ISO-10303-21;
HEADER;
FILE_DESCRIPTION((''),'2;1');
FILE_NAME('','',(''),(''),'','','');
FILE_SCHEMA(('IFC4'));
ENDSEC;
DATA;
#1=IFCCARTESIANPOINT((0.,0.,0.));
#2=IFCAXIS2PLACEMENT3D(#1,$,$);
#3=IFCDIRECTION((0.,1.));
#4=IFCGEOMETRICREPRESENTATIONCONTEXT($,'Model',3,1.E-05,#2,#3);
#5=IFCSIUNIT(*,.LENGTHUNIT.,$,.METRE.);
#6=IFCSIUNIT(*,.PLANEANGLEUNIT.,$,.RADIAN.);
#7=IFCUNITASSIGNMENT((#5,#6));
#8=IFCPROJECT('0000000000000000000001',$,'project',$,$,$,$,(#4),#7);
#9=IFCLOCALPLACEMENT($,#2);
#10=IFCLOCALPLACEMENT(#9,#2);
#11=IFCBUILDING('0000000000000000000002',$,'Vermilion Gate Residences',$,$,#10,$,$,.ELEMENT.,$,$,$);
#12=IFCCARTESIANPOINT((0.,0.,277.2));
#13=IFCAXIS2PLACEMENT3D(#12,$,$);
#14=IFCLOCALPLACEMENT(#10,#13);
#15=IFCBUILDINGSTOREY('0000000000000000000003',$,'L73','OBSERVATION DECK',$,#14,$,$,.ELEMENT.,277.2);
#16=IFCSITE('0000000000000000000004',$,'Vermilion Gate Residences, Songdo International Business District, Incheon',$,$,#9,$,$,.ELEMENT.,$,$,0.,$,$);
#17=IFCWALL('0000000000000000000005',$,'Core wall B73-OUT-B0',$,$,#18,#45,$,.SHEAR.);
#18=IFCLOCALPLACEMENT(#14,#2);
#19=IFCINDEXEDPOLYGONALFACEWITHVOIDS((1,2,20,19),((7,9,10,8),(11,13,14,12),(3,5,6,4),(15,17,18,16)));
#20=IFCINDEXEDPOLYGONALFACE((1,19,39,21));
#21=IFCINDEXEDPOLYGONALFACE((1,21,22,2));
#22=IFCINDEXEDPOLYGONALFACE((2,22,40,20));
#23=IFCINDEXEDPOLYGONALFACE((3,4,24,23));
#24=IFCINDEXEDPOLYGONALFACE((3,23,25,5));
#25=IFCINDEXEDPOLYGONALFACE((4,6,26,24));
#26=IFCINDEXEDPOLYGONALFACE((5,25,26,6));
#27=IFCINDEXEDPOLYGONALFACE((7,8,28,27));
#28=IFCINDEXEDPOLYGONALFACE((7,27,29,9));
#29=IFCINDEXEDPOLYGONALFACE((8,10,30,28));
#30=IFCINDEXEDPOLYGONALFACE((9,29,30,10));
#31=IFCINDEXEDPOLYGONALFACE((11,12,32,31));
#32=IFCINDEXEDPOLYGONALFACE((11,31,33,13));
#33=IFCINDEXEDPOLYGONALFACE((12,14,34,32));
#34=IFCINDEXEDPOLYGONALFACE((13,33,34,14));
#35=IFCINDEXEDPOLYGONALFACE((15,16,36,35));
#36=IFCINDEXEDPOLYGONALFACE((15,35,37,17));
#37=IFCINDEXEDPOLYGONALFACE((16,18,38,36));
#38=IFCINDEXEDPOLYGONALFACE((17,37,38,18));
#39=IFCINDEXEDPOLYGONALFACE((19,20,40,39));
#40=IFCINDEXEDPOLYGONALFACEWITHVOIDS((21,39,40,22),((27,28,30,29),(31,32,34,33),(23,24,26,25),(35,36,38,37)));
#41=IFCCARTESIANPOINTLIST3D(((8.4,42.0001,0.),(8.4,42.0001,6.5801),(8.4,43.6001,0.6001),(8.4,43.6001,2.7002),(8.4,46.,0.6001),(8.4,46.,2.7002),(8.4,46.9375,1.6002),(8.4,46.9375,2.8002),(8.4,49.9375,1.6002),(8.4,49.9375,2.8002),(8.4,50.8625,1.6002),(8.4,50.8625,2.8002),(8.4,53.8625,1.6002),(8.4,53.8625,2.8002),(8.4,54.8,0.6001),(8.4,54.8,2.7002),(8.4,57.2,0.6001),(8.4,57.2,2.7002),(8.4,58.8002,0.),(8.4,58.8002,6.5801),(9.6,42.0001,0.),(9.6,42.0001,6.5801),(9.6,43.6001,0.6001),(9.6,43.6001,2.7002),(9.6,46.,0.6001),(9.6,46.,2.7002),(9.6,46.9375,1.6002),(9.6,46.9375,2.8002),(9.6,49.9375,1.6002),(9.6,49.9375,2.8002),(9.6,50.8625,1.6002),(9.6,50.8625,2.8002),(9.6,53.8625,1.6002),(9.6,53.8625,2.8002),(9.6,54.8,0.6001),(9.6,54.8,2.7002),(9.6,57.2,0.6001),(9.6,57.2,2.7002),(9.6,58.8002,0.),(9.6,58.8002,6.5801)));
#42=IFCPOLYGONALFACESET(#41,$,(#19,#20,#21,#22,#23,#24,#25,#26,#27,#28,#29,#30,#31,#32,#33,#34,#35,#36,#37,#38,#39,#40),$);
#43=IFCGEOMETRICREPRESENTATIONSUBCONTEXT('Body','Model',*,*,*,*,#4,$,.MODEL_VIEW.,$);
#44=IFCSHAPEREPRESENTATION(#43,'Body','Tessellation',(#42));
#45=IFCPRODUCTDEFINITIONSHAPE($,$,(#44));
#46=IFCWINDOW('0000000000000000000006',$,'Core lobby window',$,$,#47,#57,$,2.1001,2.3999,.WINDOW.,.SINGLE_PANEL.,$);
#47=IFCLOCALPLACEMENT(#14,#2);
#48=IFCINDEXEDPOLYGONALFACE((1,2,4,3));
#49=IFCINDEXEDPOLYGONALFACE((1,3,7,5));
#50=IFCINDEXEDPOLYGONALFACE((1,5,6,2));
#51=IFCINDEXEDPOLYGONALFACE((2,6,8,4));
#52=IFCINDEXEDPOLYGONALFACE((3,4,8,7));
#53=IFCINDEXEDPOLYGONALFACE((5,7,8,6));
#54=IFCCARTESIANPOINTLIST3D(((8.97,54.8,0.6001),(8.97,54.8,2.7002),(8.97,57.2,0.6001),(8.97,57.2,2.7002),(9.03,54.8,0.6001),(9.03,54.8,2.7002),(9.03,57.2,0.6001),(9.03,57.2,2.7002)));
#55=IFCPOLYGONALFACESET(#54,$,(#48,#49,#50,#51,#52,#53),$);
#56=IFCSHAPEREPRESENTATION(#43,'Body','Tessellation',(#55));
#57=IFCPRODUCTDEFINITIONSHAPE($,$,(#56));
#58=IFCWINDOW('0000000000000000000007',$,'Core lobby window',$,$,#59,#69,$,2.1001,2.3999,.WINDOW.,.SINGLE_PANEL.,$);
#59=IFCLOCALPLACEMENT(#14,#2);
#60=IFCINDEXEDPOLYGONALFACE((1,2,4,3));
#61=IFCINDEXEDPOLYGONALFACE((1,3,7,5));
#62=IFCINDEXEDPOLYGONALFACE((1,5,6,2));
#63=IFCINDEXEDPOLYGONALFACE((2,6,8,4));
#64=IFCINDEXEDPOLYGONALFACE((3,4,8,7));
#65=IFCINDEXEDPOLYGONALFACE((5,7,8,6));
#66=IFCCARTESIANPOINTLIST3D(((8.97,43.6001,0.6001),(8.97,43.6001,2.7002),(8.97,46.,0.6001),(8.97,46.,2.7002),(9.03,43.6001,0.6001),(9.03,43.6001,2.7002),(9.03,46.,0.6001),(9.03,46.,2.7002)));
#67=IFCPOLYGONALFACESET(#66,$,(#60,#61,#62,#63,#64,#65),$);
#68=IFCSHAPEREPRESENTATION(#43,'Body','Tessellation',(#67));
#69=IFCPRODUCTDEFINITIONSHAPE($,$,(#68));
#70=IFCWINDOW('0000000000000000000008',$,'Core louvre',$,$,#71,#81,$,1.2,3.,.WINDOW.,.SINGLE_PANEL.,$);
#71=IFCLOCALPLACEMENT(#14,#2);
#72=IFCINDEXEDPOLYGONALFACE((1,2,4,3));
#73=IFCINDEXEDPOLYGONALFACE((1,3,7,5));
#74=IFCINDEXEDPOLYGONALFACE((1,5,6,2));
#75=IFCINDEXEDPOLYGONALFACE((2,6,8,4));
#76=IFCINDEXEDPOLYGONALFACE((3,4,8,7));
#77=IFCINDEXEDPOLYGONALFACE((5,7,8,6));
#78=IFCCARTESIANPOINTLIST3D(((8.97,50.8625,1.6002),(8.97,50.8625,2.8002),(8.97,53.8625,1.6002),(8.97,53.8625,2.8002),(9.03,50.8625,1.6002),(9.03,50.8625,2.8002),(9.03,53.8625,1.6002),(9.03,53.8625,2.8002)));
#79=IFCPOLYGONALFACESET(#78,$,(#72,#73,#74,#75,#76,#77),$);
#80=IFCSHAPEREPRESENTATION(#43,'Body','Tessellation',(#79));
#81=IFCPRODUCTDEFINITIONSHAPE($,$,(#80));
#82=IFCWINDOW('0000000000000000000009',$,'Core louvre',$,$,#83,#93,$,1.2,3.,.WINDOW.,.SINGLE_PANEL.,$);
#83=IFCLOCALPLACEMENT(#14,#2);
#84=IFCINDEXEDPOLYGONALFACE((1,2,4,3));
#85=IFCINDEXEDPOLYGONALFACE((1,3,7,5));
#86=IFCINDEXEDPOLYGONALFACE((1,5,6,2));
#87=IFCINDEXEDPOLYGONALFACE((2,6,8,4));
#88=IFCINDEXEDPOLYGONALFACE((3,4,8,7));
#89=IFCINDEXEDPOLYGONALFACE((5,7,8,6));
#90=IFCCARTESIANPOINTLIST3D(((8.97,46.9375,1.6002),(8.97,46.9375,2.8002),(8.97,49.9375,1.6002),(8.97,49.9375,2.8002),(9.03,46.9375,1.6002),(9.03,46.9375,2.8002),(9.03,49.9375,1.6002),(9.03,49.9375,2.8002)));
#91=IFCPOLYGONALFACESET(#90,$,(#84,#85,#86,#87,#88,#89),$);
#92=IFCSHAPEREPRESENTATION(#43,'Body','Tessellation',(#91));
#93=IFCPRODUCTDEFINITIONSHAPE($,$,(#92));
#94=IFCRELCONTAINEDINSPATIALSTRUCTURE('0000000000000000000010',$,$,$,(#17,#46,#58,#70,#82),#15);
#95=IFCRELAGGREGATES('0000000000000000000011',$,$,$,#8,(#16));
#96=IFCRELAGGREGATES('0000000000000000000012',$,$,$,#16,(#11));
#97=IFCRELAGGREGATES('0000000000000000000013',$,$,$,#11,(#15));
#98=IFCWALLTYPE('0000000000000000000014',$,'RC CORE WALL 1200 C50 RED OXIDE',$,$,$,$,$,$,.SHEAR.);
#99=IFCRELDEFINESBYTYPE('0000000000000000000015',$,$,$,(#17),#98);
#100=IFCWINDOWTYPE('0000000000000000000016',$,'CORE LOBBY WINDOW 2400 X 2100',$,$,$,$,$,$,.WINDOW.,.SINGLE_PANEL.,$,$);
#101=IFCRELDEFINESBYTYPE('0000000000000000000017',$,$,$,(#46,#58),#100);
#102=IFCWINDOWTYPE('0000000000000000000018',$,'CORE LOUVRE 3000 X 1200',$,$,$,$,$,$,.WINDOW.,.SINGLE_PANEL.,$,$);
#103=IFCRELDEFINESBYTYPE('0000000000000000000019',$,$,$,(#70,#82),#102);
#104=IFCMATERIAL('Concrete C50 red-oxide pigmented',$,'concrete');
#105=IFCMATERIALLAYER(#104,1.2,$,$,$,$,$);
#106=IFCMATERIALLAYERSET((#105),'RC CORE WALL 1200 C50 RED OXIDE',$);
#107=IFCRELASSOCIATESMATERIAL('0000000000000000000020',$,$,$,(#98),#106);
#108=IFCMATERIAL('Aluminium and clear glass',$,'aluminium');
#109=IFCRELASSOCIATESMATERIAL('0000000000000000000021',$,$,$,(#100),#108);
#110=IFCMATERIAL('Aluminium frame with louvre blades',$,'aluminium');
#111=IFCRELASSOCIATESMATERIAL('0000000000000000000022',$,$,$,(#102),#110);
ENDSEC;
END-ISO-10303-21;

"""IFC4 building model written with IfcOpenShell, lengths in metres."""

from ifc_helpers import new_model, si_unit, direction, frame, frame_2d, origin, place, context, subcontext, project, spatial, rectangle, extrude, material, layer, layer_set, type_object, element, fill, save


model = new_model("IFC4")

# Units and contexts
model_context = context("Model", 3, precision=1e-05, world=origin(), true_north=direction((0.0, 1.0)))
body_context = subcontext(model_context, "Body", "Model", "MODEL_VIEW")
ifc_project = project(units=[si_unit("LENGTHUNIT", "METRE"), si_unit("PLANEANGLEUNIT", "RADIAN")], contexts=[model_context])

# Site, building, storey
site_placement = place(None, origin())
site = spatial("IfcSite", under=ifc_project, at=site_placement, Name="Vermilion Gate Residences, Songdo International Business District, Incheon", CompositionType="ELEMENT", RefElevation=0.0)
building_placement = place(site_placement, origin())
building = spatial("IfcBuilding", under=site, at=building_placement, Name="Vermilion Gate Residences", CompositionType="ELEMENT")
storey_placement = place(building_placement, frame((0.0, 0.0, 277.2)))
storey = spatial("IfcBuildingStorey", under=building, at=storey_placement, Name="L73", Description="OBSERVATION DECK", CompositionType="ELEMENT", Elevation=277.2)

# Wall, openings, windows
ifc_material_1 = material(Name="Concrete C50 red-oxide pigmented", Category="concrete")
ifc_layer_1 = layer(ifc_material_1, 1.2)
ifc_layer_set_1 = layer_set([ifc_layer_1], Name="RC CORE WALL 1200 C50 RED OXIDE")
wall_type_1 = type_object("IfcWallType", Name="RC CORE WALL 1200 C50 RED OXIDE", PredefinedType="SHEAR", material=ifc_layer_set_1)
wall_1_placement = place(storey_placement, frame((9.0, 58.8, 0.0), z_axis=(0.0, 0.0, 1.0), x_axis=(0.0, -1.0, 0.0)))
wall_1 = element("IfcWall", 1, at=wall_1_placement, inside=storey, type_object=wall_type_1, Name="Core wall B73-OUT-B0", PredefinedType="SHEAR", context=body_context, shape_type="SweptSolid", body=[
    extrude(rectangle(XDim=16.8, YDim=1.2, at=frame_2d((8.3999, 0.0))), origin(), (0.0, 0.0, 1.0), 6.5801),
])
opening_1_placement = place(wall_1_placement, frame((1.6001, 0.0, 0.6001)))
opening_1 = element("IfcOpeningElement", 2, at=opening_1_placement, cuts=wall_1, PredefinedType="OPENING", context=body_context, shape_type="SweptSolid", body=[
    extrude(rectangle(XDim=2.3999, YDim=2.1001, at=frame_2d((1.2, 1.05))), frame((0.0, 0.6099, 0.0), z_axis=(0.0, -1.0, 0.0), x_axis=(1.0, 0.0, 0.0)), (0.0, 0.0, 1.0), 1.22),
])
opening_2_placement = place(wall_1_placement, frame((4.9375, 0.0, 1.6001)))
opening_2 = element("IfcOpeningElement", 3, at=opening_2_placement, cuts=wall_1, PredefinedType="OPENING", context=body_context, shape_type="SweptSolid", body=[
    extrude(rectangle(XDim=3.0, YDim=1.2, at=frame_2d((1.5, 0.6001))), frame((0.0, 0.6099, 0.0), z_axis=(0.0, -1.0, 0.0), x_axis=(1.0, 0.0, 0.0)), (0.0, 0.0, 1.0), 1.22),
])
opening_3_placement = place(wall_1_placement, frame((8.8625, 0.0, 1.6001)))
opening_3 = element("IfcOpeningElement", 4, at=opening_3_placement, cuts=wall_1, PredefinedType="OPENING", context=body_context, shape_type="SweptSolid", body=[
    extrude(rectangle(XDim=3.0, YDim=1.2, at=frame_2d((1.5, 0.6001))), frame((0.0, 0.6099, 0.0), z_axis=(0.0, -1.0, 0.0), x_axis=(1.0, 0.0, 0.0)), (0.0, 0.0, 1.0), 1.22),
])
opening_4_placement = place(wall_1_placement, frame((12.8, 0.0, 0.6001)))
opening_4 = element("IfcOpeningElement", 5, at=opening_4_placement, cuts=wall_1, PredefinedType="OPENING", context=body_context, shape_type="SweptSolid", body=[
    extrude(rectangle(XDim=2.3999, YDim=2.1001, at=frame_2d((1.2, 1.05))), frame((0.0, 0.6099, 0.0), z_axis=(0.0, -1.0, 0.0), x_axis=(1.0, 0.0, 0.0)), (0.0, 0.0, 1.0), 1.22),
])
ifc_material_2 = material(Name="Aluminium and clear glass", Category="aluminium")
window_type_1 = type_object("IfcWindowType", Name="CORE LOBBY WINDOW 2400 X 2100", PartitioningType="SINGLE_PANEL", PredefinedType="WINDOW", material=ifc_material_2)
window_1_placement = place(opening_1_placement, origin())
window_1 = element("IfcWindow", 6, at=window_1_placement, inside=storey, type_object=window_type_1, Name="Core lobby window", OverallHeight=2.1001, OverallWidth=2.3999, PartitioningType="SINGLE_PANEL", PredefinedType="WINDOW", context=body_context, shape_type="SweptSolid", body=[
    extrude(rectangle(XDim=2.3999, YDim=2.1001, at=frame_2d((1.2, 1.05))), frame((0.0, 0.03, 0.0), z_axis=(0.0, -1.0, 0.0), x_axis=(1.0, 0.0, 0.0)), (0.0, 0.0, 1.0), 0.0601),
])
fill(opening_1, window_1)
window_2_placement = place(opening_4_placement, origin())
window_2 = element("IfcWindow", 7, at=window_2_placement, inside=storey, type_object=window_type_1, Name="Core lobby window", OverallHeight=2.1001, OverallWidth=2.3999, PartitioningType="SINGLE_PANEL", PredefinedType="WINDOW", context=body_context, shape_type="SweptSolid", body=[
    extrude(rectangle(XDim=2.3999, YDim=2.1001, at=frame_2d((1.2, 1.05))), frame((0.0, 0.03, 0.0), z_axis=(0.0, -1.0, 0.0), x_axis=(1.0, 0.0, 0.0)), (0.0, 0.0, 1.0), 0.0601),
])
fill(opening_4, window_2)
ifc_material_3 = material(Name="Aluminium frame with louvre blades", Category="aluminium")
window_type_2 = type_object("IfcWindowType", Name="CORE LOUVRE 3000 X 1200", PartitioningType="SINGLE_PANEL", PredefinedType="WINDOW", material=ifc_material_3)
window_3_placement = place(opening_2_placement, origin())
window_3 = element("IfcWindow", 8, at=window_3_placement, inside=storey, type_object=window_type_2, Name="Core louvre", OverallHeight=1.2, OverallWidth=3.0, PartitioningType="SINGLE_PANEL", PredefinedType="WINDOW", context=body_context, shape_type="SweptSolid", body=[
    extrude(rectangle(XDim=3.0, YDim=1.2, at=frame_2d((1.5, 0.6001))), frame((0.0, 0.03, 0.0), z_axis=(0.0, -1.0, 0.0), x_axis=(1.0, 0.0, 0.0)), (0.0, 0.0, 1.0), 0.0601),
])
fill(opening_2, window_3)
window_4_placement = place(opening_3_placement, origin())
window_4 = element("IfcWindow", 9, at=window_4_placement, inside=storey, type_object=window_type_2, Name="Core louvre", OverallHeight=1.2, OverallWidth=3.0, PartitioningType="SINGLE_PANEL", PredefinedType="WINDOW", context=body_context, shape_type="SweptSolid", body=[
    extrude(rectangle(XDim=3.0, YDim=1.2, at=frame_2d((1.5, 0.6001))), frame((0.0, 0.03, 0.0), z_axis=(0.0, -1.0, 0.0), x_axis=(1.0, 0.0, 0.0)), (0.0, 0.0, 1.0), 0.0601),
])
fill(opening_3, window_4)

save(model, "model.ifc")
